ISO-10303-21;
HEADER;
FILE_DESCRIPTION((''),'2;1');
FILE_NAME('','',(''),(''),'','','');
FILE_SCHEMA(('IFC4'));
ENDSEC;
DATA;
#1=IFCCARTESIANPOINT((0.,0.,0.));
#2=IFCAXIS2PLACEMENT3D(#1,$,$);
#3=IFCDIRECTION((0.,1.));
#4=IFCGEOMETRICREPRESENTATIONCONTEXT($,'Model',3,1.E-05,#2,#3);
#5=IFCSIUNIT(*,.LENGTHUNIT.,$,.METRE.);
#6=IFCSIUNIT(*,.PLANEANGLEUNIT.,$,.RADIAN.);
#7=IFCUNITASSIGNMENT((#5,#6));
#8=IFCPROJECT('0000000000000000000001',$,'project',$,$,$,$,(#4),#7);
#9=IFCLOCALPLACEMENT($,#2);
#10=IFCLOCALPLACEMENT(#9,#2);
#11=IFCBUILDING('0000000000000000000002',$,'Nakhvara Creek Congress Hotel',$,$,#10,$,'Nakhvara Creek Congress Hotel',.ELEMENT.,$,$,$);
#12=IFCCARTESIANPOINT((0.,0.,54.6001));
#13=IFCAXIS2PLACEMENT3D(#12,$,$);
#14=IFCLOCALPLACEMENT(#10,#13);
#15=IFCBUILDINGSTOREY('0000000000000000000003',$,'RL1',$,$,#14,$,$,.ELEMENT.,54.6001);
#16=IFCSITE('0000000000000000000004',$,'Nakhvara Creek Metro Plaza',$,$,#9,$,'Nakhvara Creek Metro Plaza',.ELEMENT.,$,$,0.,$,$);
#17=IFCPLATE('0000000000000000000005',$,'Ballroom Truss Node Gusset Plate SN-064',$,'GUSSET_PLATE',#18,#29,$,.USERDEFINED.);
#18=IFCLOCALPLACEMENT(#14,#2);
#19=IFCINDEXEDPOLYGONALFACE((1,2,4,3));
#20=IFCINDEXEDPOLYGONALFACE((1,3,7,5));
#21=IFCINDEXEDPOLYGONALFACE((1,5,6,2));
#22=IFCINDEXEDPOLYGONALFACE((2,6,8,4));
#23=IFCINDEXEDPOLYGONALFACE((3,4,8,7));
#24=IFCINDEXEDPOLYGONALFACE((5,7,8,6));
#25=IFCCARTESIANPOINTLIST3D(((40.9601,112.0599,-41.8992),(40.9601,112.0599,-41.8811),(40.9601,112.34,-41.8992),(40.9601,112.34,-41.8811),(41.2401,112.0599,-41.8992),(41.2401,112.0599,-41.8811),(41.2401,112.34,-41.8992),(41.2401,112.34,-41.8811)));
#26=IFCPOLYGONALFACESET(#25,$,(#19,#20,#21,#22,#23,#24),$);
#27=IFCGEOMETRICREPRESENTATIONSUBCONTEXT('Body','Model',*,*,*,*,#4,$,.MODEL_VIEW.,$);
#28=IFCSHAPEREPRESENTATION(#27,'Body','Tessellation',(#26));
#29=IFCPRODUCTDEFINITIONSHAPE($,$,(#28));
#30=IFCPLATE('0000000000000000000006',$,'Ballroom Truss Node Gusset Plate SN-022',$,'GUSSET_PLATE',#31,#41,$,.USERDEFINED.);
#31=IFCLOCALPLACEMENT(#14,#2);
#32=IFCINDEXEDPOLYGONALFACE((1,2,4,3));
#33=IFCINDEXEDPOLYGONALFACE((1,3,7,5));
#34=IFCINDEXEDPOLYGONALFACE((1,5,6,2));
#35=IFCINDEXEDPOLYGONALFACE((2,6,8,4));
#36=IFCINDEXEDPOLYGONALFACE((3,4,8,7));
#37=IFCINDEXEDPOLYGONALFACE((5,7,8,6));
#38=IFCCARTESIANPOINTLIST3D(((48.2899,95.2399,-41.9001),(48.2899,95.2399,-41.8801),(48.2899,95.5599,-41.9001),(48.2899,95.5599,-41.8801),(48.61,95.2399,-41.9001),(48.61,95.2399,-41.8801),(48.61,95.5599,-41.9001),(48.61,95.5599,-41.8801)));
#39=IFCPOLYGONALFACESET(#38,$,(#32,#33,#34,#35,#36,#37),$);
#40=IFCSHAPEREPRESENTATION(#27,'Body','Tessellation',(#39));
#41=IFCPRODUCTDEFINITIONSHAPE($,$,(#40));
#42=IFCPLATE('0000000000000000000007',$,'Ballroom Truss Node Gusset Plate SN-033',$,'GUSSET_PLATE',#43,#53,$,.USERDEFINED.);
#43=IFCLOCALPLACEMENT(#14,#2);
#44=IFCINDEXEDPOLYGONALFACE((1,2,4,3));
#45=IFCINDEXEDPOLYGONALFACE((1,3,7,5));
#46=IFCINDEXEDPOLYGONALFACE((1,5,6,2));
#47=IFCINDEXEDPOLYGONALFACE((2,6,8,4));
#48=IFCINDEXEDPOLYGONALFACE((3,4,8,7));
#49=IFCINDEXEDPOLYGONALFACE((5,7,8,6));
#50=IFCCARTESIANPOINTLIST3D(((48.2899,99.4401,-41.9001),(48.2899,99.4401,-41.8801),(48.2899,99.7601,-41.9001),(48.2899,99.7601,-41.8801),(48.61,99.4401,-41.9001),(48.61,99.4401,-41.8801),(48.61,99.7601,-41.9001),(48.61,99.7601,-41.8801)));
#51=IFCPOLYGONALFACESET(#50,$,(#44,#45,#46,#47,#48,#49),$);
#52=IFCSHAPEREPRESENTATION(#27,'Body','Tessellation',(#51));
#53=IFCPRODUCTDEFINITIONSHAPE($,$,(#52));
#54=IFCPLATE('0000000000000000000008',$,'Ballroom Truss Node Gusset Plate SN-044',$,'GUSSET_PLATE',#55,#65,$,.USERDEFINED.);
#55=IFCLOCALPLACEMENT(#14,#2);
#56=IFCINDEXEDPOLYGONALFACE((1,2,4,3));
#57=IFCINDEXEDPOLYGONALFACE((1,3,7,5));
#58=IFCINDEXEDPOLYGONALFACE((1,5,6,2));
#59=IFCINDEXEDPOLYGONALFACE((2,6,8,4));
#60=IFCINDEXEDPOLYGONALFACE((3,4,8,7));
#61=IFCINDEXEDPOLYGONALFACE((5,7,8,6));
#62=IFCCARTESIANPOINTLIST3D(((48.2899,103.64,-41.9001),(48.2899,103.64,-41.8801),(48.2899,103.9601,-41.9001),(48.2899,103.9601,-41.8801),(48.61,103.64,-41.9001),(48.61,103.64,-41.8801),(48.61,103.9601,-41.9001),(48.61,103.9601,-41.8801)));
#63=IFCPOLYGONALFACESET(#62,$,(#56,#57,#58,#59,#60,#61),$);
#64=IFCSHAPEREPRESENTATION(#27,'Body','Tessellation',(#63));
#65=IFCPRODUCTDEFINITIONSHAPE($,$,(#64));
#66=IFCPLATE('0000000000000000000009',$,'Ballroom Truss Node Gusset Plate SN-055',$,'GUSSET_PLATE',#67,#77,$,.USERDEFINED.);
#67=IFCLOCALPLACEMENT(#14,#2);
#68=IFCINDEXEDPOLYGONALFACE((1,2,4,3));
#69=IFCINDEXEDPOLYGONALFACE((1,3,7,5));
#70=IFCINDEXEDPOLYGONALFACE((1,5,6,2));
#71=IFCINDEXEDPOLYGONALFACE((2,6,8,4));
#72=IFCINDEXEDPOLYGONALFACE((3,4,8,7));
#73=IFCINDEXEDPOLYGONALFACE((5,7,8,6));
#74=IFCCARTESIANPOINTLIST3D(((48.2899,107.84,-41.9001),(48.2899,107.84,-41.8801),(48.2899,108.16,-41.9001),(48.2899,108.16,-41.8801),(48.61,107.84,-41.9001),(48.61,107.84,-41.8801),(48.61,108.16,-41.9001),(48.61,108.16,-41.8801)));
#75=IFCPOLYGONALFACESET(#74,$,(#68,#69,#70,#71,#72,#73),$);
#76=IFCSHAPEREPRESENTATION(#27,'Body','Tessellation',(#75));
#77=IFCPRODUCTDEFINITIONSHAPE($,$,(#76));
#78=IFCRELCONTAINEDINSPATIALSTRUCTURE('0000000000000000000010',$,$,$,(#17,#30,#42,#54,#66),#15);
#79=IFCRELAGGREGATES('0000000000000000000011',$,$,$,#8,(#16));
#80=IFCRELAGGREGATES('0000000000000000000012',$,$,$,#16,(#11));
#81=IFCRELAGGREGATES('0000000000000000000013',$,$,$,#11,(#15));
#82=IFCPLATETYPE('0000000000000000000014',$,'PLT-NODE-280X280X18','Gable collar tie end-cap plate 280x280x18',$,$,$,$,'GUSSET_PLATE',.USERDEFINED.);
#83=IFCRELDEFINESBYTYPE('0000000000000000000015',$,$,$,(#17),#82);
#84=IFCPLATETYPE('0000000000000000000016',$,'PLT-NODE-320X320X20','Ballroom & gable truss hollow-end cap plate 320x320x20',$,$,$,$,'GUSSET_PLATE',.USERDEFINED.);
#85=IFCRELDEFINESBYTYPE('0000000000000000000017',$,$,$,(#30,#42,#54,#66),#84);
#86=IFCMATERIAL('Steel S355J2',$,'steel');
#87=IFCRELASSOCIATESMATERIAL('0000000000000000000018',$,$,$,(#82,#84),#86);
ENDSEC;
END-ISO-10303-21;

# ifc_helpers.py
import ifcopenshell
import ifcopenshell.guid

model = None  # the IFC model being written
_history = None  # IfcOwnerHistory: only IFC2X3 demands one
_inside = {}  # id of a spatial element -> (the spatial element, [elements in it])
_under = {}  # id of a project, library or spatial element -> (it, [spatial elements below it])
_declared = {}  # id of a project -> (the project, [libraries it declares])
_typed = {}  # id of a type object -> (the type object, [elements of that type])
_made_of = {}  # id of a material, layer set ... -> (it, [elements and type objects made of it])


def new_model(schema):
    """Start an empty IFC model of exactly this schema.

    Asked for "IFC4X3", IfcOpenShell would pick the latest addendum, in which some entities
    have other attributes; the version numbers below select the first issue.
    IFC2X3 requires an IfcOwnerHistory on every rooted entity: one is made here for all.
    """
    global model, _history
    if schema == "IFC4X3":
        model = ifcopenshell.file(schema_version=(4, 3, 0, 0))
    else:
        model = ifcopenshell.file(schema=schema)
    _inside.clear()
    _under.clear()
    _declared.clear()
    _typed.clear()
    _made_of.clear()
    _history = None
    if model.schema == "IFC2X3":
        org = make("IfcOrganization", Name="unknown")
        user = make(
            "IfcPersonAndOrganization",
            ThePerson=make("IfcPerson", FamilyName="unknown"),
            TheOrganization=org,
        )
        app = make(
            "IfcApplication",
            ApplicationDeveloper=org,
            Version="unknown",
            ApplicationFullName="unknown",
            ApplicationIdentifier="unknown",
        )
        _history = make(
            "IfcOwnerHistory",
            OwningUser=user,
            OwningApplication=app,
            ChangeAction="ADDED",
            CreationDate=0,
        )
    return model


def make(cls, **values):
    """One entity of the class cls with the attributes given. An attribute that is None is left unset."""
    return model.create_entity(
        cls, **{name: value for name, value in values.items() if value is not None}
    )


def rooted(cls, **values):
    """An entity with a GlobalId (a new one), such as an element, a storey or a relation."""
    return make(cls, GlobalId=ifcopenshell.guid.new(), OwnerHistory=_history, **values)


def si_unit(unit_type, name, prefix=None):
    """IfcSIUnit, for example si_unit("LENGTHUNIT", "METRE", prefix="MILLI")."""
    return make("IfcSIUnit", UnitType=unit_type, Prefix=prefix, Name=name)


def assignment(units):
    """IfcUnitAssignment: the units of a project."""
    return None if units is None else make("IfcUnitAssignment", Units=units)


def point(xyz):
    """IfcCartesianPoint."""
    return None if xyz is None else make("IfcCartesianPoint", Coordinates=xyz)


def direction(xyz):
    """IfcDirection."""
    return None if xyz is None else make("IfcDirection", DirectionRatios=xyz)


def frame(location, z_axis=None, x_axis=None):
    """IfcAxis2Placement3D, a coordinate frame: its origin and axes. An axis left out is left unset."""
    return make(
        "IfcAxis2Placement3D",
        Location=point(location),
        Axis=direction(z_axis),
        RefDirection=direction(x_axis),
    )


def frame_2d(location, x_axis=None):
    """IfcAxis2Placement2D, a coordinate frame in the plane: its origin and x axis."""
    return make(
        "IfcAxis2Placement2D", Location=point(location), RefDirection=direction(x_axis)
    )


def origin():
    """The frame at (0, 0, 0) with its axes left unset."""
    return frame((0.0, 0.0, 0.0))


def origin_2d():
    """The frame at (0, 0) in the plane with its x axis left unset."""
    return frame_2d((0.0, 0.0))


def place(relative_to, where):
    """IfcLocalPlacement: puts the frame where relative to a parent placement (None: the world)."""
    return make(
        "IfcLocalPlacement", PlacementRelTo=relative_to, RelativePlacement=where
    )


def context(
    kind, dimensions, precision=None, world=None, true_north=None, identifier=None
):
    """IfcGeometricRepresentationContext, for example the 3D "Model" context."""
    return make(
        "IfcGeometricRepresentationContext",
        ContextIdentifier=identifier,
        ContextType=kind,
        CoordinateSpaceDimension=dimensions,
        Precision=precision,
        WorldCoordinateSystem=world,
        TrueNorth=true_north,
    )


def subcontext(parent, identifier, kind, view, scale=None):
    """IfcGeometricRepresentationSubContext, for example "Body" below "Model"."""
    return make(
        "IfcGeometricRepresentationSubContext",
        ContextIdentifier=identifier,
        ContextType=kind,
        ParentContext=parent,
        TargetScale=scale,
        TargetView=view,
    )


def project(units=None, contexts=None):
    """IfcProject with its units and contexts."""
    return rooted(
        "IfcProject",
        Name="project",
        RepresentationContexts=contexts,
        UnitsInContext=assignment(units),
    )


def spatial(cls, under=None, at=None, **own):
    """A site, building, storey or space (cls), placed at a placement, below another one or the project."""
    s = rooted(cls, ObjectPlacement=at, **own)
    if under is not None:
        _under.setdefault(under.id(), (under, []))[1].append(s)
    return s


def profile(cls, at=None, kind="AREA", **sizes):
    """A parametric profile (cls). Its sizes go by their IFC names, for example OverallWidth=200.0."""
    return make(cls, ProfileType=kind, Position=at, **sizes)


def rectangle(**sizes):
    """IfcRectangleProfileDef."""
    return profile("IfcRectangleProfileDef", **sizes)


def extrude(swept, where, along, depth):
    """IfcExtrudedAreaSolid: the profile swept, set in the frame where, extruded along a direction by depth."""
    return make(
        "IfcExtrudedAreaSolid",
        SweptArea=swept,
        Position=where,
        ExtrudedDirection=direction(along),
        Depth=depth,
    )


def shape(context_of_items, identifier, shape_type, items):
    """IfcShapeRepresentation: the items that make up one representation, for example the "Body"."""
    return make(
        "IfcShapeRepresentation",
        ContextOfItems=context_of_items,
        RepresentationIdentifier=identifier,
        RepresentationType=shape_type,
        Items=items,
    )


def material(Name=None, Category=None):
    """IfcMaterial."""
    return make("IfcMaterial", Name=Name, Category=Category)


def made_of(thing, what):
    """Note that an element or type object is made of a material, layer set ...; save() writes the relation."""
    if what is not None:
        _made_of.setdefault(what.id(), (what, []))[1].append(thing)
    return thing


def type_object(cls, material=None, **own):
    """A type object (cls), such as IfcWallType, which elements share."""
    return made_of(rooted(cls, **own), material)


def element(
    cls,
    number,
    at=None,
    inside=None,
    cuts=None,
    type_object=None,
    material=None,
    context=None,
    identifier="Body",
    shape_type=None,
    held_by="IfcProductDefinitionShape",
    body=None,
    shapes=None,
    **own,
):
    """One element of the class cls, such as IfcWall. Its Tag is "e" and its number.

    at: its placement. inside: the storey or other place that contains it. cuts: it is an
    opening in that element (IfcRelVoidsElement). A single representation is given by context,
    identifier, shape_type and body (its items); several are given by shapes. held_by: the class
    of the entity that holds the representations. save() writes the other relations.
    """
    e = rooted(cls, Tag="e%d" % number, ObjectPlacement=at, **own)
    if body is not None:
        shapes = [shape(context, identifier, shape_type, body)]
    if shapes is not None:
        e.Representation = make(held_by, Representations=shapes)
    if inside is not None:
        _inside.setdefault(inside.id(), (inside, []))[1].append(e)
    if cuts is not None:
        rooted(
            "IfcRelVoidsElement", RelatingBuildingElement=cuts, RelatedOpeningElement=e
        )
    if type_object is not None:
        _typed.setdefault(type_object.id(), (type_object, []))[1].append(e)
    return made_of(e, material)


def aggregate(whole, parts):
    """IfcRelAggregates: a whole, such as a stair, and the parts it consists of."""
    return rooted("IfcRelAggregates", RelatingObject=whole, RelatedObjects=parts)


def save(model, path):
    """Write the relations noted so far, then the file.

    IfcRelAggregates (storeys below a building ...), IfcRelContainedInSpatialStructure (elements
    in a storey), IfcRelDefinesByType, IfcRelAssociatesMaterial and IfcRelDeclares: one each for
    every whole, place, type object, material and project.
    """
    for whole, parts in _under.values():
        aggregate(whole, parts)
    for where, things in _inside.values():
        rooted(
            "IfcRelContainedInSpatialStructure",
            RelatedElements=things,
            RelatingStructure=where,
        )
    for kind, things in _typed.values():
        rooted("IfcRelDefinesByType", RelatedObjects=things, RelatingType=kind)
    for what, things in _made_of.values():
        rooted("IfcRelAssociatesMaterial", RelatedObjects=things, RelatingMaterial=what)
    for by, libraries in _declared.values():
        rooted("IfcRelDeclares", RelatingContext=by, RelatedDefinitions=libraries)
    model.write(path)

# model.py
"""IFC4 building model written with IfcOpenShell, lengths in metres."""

from ifc_helpers import new_model, si_unit, direction, frame, origin, origin_2d, place, context, subcontext, project, spatial, rectangle, extrude, material, type_object, element, save


model = new_model("IFC4")

# Units and contexts
model_context = context("Model", 3, precision=1e-05, world=origin(), true_north=direction((0.0, 1.0)))
body_context = subcontext(model_context, "Body", "Model", "MODEL_VIEW")
ifc_project = project(units=[si_unit("LENGTHUNIT", "METRE"), si_unit("PLANEANGLEUNIT", "RADIAN")], contexts=[model_context])

# Site, building, storey
site_placement = place(None, origin())
site = spatial("IfcSite", under=ifc_project, at=site_placement, Name="Nakhvara Creek Metro Plaza", LongName="Nakhvara Creek Metro Plaza", CompositionType="ELEMENT", RefElevation=0.0)
building_placement = place(site_placement, origin())
building = spatial("IfcBuilding", under=site, at=building_placement, Name="Nakhvara Creek Congress Hotel", LongName="Nakhvara Creek Congress Hotel", CompositionType="ELEMENT")
storey_placement = place(building_placement, frame((0.0, 0.0, 54.6001)))
storey = spatial("IfcBuildingStorey", under=building, at=storey_placement, Name="RL1", CompositionType="ELEMENT", Elevation=54.6001)

# Plates
ifc_material_1 = material(Name="Steel S355J2", Category="steel")
plate_type_1 = type_object("IfcPlateType", Name="PLT-NODE-280X280X18", Description="Gable collar tie end-cap plate 280x280x18", ElementType="GUSSET_PLATE", PredefinedType="USERDEFINED", material=ifc_material_1)
for number, where, z_axis, x_axis, name in (
    (1, (41.1001, 112.2, -41.8992), (0.0, 0.0, 1.0), (1.0, 0.0, 0.0), "Ballroom Truss Node Gusset Plate SN-064"),
):
    element("IfcPlate", number, at=place(storey_placement, frame(where, z_axis=z_axis, x_axis=x_axis)), inside=storey, type_object=plate_type_1, Name=name, ObjectType="GUSSET_PLATE", PredefinedType="USERDEFINED", context=body_context, shape_type="SweptSolid", body=[
        extrude(rectangle(XDim=0.28, YDim=0.28, at=origin_2d()), origin(), (0.0, 0.0, 1.0), 0.0181),
    ])
plate_type_2 = type_object("IfcPlateType", Name="PLT-NODE-320X320X20", Description="Ballroom & gable truss hollow-end cap plate 320x320x20", ElementType="GUSSET_PLATE", PredefinedType="USERDEFINED", material=ifc_material_1)
for number, where, z_axis, x_axis, name in (
    (2, (48.45, 95.3999, -41.9001), (0.0, 0.0, 1.0), (1.0, 0.0, 0.0), "Ballroom Truss Node Gusset Plate SN-022"),
    (3, (48.45, 99.6001, -41.9001), (0.0, 0.0, 1.0), (1.0, 0.0, 0.0), "Ballroom Truss Node Gusset Plate SN-033"),
    (4, (48.45, 103.8, -41.9001), (0.0, 0.0, 1.0), (1.0, 0.0, 0.0), "Ballroom Truss Node Gusset Plate SN-044"),
    (5, (48.45, 108.0, -41.9001), (0.0, 0.0, 1.0), (1.0, 0.0, 0.0), "Ballroom Truss Node Gusset Plate SN-055"),
):
    element("IfcPlate", number, at=place(storey_placement, frame(where, z_axis=z_axis, x_axis=x_axis)), inside=storey, type_object=plate_type_2, Name=name, ObjectType="GUSSET_PLATE", PredefinedType="USERDEFINED", context=body_context, shape_type="SweptSolid", body=[
        extrude(rectangle(XDim=0.3201, YDim=0.3201, at=origin_2d()), origin(), (0.0, 0.0, 1.0), 0.02),
    ])

save(model, "model.ifc")
